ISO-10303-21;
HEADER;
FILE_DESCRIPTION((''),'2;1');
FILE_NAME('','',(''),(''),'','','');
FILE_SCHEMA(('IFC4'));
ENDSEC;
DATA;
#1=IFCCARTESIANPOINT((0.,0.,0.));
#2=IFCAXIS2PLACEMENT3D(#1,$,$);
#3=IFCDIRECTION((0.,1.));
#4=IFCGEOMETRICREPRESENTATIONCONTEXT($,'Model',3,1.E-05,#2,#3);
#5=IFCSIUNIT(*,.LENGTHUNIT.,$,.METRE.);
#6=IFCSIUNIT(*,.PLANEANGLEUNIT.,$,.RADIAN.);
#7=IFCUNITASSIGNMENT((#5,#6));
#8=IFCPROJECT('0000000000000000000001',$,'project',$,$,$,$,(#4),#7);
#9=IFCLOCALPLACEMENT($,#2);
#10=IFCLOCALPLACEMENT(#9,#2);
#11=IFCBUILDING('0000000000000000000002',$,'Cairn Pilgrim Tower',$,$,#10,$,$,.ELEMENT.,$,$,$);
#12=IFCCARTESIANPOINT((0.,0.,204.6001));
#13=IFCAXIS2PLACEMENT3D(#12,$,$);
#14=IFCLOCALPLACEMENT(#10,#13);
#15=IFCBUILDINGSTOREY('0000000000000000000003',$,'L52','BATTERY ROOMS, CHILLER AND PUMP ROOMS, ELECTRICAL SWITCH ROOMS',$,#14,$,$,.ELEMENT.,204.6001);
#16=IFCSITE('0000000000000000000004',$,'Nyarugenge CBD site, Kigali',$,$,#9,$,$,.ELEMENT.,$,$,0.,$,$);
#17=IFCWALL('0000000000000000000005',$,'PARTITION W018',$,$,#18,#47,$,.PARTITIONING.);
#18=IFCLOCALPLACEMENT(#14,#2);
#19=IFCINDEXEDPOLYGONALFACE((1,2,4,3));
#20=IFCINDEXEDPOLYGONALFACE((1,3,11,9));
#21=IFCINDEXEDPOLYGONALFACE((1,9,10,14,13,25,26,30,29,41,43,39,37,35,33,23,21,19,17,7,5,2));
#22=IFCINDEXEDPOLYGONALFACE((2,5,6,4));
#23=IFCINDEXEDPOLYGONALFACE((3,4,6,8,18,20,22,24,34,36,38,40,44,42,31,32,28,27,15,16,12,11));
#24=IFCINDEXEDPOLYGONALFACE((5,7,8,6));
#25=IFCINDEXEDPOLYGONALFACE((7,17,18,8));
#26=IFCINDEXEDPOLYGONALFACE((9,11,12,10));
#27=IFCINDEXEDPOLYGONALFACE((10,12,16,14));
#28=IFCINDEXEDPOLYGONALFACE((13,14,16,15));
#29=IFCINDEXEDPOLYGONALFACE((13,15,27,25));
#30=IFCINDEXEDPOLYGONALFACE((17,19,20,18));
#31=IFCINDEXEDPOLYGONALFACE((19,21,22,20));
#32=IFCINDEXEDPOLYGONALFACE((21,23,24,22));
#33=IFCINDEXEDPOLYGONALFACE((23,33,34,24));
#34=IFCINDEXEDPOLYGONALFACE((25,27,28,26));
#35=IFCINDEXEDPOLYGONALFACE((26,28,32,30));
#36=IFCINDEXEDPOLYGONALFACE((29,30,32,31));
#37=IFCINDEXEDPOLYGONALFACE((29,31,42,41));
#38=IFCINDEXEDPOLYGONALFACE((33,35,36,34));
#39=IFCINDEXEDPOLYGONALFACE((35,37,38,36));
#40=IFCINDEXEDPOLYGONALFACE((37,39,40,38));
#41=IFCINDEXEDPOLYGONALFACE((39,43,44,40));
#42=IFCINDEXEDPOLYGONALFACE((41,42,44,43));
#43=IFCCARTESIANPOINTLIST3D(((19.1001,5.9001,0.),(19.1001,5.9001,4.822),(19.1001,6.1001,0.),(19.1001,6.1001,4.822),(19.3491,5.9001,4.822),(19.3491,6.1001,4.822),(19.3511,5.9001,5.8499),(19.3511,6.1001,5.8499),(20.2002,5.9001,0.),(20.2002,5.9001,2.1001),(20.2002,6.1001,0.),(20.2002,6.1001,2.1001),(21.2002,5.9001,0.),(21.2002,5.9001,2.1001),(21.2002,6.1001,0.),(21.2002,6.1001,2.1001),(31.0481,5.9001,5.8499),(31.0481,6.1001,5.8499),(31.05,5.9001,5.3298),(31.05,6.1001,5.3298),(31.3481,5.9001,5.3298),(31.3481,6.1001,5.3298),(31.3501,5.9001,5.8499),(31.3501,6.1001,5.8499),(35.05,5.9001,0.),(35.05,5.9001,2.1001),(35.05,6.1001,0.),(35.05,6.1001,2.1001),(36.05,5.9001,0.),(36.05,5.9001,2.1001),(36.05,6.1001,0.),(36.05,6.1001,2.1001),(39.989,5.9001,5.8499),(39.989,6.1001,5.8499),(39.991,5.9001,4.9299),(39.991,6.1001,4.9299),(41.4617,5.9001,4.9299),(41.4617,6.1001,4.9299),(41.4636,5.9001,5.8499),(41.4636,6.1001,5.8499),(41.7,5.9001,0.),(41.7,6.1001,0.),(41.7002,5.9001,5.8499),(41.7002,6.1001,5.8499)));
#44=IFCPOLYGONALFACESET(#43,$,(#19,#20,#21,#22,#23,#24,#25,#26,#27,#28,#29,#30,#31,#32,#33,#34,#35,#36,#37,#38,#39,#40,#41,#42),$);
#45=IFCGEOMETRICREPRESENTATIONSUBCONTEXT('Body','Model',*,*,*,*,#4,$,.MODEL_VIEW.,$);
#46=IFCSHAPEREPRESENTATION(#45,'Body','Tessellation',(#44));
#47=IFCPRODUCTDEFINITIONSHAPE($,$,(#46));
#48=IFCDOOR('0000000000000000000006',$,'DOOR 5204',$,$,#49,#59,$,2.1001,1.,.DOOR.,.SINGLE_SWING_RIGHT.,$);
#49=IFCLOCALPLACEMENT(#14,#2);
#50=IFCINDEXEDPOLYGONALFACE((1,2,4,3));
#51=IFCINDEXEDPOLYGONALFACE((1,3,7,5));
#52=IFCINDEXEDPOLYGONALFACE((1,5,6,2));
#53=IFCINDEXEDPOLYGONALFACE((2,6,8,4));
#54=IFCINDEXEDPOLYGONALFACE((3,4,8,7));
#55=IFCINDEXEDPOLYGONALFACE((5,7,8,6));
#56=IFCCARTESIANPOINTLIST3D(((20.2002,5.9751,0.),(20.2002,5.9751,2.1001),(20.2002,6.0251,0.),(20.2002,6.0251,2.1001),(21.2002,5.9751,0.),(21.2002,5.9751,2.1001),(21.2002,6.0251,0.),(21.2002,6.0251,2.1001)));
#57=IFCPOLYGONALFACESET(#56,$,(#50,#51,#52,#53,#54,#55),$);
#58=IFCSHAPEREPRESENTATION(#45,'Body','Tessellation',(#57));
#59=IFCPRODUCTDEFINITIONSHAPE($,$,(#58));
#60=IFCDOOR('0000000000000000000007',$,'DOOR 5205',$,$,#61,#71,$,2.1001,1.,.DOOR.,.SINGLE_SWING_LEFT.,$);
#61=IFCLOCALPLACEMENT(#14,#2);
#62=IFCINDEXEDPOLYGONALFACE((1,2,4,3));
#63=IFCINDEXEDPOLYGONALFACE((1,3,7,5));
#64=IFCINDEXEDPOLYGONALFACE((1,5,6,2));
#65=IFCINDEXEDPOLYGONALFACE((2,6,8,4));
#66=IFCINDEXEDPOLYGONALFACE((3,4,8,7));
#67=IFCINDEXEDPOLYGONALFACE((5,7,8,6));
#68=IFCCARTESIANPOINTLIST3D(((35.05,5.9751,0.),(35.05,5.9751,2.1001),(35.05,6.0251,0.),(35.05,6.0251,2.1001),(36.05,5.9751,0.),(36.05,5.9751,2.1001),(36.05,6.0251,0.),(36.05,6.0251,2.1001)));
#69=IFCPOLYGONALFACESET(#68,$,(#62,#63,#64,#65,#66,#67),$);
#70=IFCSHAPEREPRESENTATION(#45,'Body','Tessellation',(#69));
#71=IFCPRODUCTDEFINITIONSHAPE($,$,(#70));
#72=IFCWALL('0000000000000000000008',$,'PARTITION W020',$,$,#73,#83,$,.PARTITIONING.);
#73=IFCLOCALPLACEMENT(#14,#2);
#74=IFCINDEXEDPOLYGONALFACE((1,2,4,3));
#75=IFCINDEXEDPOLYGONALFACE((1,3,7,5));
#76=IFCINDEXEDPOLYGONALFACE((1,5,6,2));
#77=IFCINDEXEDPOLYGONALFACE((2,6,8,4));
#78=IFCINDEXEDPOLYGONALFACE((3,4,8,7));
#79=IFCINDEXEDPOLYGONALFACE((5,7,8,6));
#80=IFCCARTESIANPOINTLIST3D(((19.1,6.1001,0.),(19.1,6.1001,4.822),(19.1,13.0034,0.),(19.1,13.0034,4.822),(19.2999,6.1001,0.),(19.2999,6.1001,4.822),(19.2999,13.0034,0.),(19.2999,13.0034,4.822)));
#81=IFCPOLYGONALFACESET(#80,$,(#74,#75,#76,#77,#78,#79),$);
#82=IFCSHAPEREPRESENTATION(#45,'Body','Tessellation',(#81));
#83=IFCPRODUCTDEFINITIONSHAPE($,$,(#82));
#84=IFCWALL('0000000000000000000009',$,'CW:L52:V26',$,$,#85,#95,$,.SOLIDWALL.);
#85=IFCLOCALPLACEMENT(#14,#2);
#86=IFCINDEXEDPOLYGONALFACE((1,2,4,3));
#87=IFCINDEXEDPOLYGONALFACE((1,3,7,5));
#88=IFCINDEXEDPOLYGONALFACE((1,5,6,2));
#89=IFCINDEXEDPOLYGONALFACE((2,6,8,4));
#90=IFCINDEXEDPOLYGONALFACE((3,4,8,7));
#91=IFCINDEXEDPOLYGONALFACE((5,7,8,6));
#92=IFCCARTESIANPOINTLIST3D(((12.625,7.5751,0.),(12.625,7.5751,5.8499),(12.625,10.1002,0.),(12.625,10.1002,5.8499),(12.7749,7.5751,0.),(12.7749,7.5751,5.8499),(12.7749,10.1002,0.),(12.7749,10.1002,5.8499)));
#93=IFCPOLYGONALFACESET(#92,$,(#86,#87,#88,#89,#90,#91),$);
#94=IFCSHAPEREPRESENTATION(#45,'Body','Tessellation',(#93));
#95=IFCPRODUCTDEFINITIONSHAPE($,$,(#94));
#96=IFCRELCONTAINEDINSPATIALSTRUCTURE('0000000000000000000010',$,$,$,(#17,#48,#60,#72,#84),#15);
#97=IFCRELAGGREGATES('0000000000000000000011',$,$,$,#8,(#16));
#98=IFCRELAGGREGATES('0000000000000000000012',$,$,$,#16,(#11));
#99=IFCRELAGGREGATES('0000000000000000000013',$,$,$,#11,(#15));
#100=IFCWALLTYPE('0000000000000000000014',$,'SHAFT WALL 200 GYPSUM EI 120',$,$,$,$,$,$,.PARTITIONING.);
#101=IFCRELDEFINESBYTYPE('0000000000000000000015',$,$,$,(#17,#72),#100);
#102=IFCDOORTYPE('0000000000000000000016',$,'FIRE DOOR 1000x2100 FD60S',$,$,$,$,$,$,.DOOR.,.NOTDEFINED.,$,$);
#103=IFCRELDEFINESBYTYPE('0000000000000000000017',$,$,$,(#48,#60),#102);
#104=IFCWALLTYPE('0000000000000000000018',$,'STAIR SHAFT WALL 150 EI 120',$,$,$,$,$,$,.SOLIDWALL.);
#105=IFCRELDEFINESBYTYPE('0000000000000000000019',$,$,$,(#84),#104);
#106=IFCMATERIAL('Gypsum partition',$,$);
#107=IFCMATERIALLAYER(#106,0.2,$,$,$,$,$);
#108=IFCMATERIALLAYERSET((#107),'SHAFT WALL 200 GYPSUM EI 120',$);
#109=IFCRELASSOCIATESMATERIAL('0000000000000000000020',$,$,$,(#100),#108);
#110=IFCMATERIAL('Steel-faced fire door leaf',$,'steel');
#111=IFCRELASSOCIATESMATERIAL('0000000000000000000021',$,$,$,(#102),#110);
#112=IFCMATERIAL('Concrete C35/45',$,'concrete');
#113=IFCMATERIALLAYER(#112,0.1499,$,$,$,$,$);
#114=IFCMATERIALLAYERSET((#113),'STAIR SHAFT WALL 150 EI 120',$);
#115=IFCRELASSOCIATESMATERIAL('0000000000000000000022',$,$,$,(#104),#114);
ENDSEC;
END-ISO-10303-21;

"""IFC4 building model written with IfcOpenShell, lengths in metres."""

from ifc_helpers import new_model, si_unit, direction, frame, frame_2d, origin, place, context, subcontext, project, spatial, polyline, rectangle, outline, extrude, material, layer, layer_set, type_object, element, fill, save


model = new_model("IFC4")

# Units and contexts
model_context = context("Model", 3, precision=1e-05, world=origin(), true_north=direction((0.0, 1.0)))
body_context = subcontext(model_context, "Body", "Model", "MODEL_VIEW")
ifc_project = project(units=[si_unit("LENGTHUNIT", "METRE"), si_unit("PLANEANGLEUNIT", "RADIAN")], contexts=[model_context])

# Site, building, storey
site_placement = place(None, origin())
site = spatial("IfcSite", under=ifc_project, at=site_placement, Name="Nyarugenge CBD site, Kigali", CompositionType="ELEMENT", RefElevation=0.0)
building_placement = place(site_placement, origin())
building = spatial("IfcBuilding", under=site, at=building_placement, Name="Cairn Pilgrim Tower", CompositionType="ELEMENT")
storey_placement = place(building_placement, frame((0.0, 0.0, 204.6001)))
storey = spatial("IfcBuildingStorey", under=building, at=storey_placement, Name="L52", Description="BATTERY ROOMS, CHILLER AND PUMP ROOMS, ELECTRICAL SWITCH ROOMS", CompositionType="ELEMENT", Elevation=204.6001)

# Shared definitions
ifc_material_1 = material(Name="Gypsum partition")

# Shared definitions
ifc_layer_1 = layer(ifc_material_1, 0.2)
ifc_layer_set_1 = layer_set([ifc_layer_1], Name="SHAFT WALL 200 GYPSUM EI 120")
wall_type_1 = type_object("IfcWallType", Name="SHAFT WALL 200 GYPSUM EI 120", PredefinedType="PARTITIONING", material=ifc_layer_set_1)
ifc_material_2 = material(Name="Steel-faced fire door leaf", Category="steel")
door_type_1 = type_object("IfcDoorType", Name="FIRE DOOR 1000x2100 FD60S", OperationType="NOTDEFINED", PredefinedType="DOOR", material=ifc_material_2)

# Wall, openings, doors
wall_1_placement = place(storey_placement, frame((19.1001, 6.0, 0.0), z_axis=(0.0, 0.0, 1.0), x_axis=(1.0, 0.0, 0.0)))
wall_1 = element("IfcWall", 1, at=wall_1_placement, inside=storey, type_object=wall_type_1, Name="PARTITION W018", PredefinedType="PARTITIONING", context=body_context, shape_type="SweptSolid", body=[
    extrude(outline(polyline([(0.0, 0.0), (22.5999, 0.0), (22.6001, 5.8499), (22.3635, 5.8499), (22.3616, 4.9299), (20.8909, 4.9299), (20.8889, 5.8499), (12.25, 5.8499), (12.248, 5.3298), (11.95, 5.3298), (11.948, 5.8499), (0.251, 5.8499), (0.249, 4.822), (0.0, 4.822), (0.0, 0.0)])), frame((0.0, 0.1001, 0.0), z_axis=(0.0, -1.0, 0.0), x_axis=(1.0, 0.0, 0.0)), (0.0, 0.0, 1.0), 0.2),
])
opening_1_placement = place(wall_1_placement, frame((1.1001, 0.0, 0.0)))
opening_1 = element("IfcOpeningElement", 2, at=opening_1_placement, cuts=wall_1, PredefinedType="OPENING", context=body_context, shape_type="SweptSolid", body=[
    extrude(rectangle(XDim=1.0, YDim=2.1001, at=frame_2d((0.5, 1.05))), frame((0.0, 0.1099, 0.0), z_axis=(0.0, -1.0, 0.0), x_axis=(1.0, 0.0, 0.0)), (0.0, 0.0, 1.0), 0.22),
])
opening_2_placement = place(wall_1_placement, frame((15.95, 0.0, 0.0)))
opening_2 = element("IfcOpeningElement", 3, at=opening_2_placement, cuts=wall_1, PredefinedType="OPENING", context=body_context, shape_type="SweptSolid", body=[
    extrude(rectangle(XDim=1.0, YDim=2.1001, at=frame_2d((0.5, 1.05))), frame((0.0, 0.1099, 0.0), z_axis=(0.0, -1.0, 0.0), x_axis=(1.0, 0.0, 0.0)), (0.0, 0.0, 1.0), 0.22),
])
door_1_placement = place(opening_1_placement, frame((1.0, 0.0, 0.0), z_axis=(0.0, 0.0, 1.0), x_axis=(-1.0, 0.0, 0.0)))
door_1 = element("IfcDoor", 4, at=door_1_placement, inside=storey, type_object=door_type_1, Name="DOOR 5204", OperationType="SINGLE_SWING_RIGHT", OverallHeight=2.1001, OverallWidth=1.0, PredefinedType="DOOR", context=body_context, shape_type="SweptSolid", body=[
    extrude(rectangle(XDim=1.0, YDim=2.1001, at=frame_2d((0.5, 1.05))), frame((0.0, 0.0249, 0.0), z_axis=(0.0, -1.0, 0.0), x_axis=(1.0, 0.0, 0.0)), (0.0, 0.0, 1.0), 0.05),
])
fill(opening_1, door_1)
door_2_placement = place(opening_2_placement, frame((1.0, 0.0, 0.0), z_axis=(0.0, 0.0, 1.0), x_axis=(-1.0, 0.0, 0.0)))
door_2 = element("IfcDoor", 5, at=door_2_placement, inside=storey, type_object=door_type_1, Name="DOOR 5205", OperationType="SINGLE_SWING_LEFT", OverallHeight=2.1001, OverallWidth=1.0, PredefinedType="DOOR", context=body_context, shape_type="SweptSolid", body=[
    extrude(rectangle(XDim=1.0, YDim=2.1001, at=frame_2d((0.5, 1.05))), frame((0.0, 0.0249, 0.0), z_axis=(0.0, -1.0, 0.0), x_axis=(1.0, 0.0, 0.0)), (0.0, 0.0, 1.0), 0.05),
])
fill(opening_2, door_2)

# Walls
wall_2_placement = place(storey_placement, frame((19.2, 6.1001, 0.0), z_axis=(0.0, 0.0, 1.0), x_axis=(0.0, 1.0, 0.0)))
element("IfcWall", 6, at=wall_2_placement, inside=storey, type_object=wall_type_1, Name="PARTITION W020", PredefinedType="PARTITIONING", context=body_context, shape_type="SweptSolid", body=[
    extrude(rectangle(XDim=6.9033, YDim=0.2, at=frame_2d((3.4517, 0.0))), origin(), (0.0, 0.0, 1.0), 4.822),
])
ifc_material_3 = material(Name="Concrete C35/45", Category="concrete")
ifc_layer_2 = layer(ifc_material_3, 0.1499)
ifc_layer_set_2 = layer_set([ifc_layer_2], Name="STAIR SHAFT WALL 150 EI 120")
wall_type_2 = type_object("IfcWallType", Name="STAIR SHAFT WALL 150 EI 120", PredefinedType="SOLIDWALL", material=ifc_layer_set_2)
wall_3_placement = place(storey_placement, frame((12.7, 7.575, 0.0), z_axis=(0.0, 0.0, 1.0), x_axis=(0.0, 1.0, 0.0)))
element("IfcWall", 7, at=wall_3_placement, inside=storey, type_object=wall_type_2, Name="CW:L52:V26", PredefinedType="SOLIDWALL", context=body_context, shape_type="SweptSolid", body=[
    extrude(rectangle(XDim=2.5251, YDim=0.1499, at=frame_2d((1.2627, 0.0))), origin(), (0.0, 0.0, 1.0), 5.8499),
])

save(model, "model.ifc")
